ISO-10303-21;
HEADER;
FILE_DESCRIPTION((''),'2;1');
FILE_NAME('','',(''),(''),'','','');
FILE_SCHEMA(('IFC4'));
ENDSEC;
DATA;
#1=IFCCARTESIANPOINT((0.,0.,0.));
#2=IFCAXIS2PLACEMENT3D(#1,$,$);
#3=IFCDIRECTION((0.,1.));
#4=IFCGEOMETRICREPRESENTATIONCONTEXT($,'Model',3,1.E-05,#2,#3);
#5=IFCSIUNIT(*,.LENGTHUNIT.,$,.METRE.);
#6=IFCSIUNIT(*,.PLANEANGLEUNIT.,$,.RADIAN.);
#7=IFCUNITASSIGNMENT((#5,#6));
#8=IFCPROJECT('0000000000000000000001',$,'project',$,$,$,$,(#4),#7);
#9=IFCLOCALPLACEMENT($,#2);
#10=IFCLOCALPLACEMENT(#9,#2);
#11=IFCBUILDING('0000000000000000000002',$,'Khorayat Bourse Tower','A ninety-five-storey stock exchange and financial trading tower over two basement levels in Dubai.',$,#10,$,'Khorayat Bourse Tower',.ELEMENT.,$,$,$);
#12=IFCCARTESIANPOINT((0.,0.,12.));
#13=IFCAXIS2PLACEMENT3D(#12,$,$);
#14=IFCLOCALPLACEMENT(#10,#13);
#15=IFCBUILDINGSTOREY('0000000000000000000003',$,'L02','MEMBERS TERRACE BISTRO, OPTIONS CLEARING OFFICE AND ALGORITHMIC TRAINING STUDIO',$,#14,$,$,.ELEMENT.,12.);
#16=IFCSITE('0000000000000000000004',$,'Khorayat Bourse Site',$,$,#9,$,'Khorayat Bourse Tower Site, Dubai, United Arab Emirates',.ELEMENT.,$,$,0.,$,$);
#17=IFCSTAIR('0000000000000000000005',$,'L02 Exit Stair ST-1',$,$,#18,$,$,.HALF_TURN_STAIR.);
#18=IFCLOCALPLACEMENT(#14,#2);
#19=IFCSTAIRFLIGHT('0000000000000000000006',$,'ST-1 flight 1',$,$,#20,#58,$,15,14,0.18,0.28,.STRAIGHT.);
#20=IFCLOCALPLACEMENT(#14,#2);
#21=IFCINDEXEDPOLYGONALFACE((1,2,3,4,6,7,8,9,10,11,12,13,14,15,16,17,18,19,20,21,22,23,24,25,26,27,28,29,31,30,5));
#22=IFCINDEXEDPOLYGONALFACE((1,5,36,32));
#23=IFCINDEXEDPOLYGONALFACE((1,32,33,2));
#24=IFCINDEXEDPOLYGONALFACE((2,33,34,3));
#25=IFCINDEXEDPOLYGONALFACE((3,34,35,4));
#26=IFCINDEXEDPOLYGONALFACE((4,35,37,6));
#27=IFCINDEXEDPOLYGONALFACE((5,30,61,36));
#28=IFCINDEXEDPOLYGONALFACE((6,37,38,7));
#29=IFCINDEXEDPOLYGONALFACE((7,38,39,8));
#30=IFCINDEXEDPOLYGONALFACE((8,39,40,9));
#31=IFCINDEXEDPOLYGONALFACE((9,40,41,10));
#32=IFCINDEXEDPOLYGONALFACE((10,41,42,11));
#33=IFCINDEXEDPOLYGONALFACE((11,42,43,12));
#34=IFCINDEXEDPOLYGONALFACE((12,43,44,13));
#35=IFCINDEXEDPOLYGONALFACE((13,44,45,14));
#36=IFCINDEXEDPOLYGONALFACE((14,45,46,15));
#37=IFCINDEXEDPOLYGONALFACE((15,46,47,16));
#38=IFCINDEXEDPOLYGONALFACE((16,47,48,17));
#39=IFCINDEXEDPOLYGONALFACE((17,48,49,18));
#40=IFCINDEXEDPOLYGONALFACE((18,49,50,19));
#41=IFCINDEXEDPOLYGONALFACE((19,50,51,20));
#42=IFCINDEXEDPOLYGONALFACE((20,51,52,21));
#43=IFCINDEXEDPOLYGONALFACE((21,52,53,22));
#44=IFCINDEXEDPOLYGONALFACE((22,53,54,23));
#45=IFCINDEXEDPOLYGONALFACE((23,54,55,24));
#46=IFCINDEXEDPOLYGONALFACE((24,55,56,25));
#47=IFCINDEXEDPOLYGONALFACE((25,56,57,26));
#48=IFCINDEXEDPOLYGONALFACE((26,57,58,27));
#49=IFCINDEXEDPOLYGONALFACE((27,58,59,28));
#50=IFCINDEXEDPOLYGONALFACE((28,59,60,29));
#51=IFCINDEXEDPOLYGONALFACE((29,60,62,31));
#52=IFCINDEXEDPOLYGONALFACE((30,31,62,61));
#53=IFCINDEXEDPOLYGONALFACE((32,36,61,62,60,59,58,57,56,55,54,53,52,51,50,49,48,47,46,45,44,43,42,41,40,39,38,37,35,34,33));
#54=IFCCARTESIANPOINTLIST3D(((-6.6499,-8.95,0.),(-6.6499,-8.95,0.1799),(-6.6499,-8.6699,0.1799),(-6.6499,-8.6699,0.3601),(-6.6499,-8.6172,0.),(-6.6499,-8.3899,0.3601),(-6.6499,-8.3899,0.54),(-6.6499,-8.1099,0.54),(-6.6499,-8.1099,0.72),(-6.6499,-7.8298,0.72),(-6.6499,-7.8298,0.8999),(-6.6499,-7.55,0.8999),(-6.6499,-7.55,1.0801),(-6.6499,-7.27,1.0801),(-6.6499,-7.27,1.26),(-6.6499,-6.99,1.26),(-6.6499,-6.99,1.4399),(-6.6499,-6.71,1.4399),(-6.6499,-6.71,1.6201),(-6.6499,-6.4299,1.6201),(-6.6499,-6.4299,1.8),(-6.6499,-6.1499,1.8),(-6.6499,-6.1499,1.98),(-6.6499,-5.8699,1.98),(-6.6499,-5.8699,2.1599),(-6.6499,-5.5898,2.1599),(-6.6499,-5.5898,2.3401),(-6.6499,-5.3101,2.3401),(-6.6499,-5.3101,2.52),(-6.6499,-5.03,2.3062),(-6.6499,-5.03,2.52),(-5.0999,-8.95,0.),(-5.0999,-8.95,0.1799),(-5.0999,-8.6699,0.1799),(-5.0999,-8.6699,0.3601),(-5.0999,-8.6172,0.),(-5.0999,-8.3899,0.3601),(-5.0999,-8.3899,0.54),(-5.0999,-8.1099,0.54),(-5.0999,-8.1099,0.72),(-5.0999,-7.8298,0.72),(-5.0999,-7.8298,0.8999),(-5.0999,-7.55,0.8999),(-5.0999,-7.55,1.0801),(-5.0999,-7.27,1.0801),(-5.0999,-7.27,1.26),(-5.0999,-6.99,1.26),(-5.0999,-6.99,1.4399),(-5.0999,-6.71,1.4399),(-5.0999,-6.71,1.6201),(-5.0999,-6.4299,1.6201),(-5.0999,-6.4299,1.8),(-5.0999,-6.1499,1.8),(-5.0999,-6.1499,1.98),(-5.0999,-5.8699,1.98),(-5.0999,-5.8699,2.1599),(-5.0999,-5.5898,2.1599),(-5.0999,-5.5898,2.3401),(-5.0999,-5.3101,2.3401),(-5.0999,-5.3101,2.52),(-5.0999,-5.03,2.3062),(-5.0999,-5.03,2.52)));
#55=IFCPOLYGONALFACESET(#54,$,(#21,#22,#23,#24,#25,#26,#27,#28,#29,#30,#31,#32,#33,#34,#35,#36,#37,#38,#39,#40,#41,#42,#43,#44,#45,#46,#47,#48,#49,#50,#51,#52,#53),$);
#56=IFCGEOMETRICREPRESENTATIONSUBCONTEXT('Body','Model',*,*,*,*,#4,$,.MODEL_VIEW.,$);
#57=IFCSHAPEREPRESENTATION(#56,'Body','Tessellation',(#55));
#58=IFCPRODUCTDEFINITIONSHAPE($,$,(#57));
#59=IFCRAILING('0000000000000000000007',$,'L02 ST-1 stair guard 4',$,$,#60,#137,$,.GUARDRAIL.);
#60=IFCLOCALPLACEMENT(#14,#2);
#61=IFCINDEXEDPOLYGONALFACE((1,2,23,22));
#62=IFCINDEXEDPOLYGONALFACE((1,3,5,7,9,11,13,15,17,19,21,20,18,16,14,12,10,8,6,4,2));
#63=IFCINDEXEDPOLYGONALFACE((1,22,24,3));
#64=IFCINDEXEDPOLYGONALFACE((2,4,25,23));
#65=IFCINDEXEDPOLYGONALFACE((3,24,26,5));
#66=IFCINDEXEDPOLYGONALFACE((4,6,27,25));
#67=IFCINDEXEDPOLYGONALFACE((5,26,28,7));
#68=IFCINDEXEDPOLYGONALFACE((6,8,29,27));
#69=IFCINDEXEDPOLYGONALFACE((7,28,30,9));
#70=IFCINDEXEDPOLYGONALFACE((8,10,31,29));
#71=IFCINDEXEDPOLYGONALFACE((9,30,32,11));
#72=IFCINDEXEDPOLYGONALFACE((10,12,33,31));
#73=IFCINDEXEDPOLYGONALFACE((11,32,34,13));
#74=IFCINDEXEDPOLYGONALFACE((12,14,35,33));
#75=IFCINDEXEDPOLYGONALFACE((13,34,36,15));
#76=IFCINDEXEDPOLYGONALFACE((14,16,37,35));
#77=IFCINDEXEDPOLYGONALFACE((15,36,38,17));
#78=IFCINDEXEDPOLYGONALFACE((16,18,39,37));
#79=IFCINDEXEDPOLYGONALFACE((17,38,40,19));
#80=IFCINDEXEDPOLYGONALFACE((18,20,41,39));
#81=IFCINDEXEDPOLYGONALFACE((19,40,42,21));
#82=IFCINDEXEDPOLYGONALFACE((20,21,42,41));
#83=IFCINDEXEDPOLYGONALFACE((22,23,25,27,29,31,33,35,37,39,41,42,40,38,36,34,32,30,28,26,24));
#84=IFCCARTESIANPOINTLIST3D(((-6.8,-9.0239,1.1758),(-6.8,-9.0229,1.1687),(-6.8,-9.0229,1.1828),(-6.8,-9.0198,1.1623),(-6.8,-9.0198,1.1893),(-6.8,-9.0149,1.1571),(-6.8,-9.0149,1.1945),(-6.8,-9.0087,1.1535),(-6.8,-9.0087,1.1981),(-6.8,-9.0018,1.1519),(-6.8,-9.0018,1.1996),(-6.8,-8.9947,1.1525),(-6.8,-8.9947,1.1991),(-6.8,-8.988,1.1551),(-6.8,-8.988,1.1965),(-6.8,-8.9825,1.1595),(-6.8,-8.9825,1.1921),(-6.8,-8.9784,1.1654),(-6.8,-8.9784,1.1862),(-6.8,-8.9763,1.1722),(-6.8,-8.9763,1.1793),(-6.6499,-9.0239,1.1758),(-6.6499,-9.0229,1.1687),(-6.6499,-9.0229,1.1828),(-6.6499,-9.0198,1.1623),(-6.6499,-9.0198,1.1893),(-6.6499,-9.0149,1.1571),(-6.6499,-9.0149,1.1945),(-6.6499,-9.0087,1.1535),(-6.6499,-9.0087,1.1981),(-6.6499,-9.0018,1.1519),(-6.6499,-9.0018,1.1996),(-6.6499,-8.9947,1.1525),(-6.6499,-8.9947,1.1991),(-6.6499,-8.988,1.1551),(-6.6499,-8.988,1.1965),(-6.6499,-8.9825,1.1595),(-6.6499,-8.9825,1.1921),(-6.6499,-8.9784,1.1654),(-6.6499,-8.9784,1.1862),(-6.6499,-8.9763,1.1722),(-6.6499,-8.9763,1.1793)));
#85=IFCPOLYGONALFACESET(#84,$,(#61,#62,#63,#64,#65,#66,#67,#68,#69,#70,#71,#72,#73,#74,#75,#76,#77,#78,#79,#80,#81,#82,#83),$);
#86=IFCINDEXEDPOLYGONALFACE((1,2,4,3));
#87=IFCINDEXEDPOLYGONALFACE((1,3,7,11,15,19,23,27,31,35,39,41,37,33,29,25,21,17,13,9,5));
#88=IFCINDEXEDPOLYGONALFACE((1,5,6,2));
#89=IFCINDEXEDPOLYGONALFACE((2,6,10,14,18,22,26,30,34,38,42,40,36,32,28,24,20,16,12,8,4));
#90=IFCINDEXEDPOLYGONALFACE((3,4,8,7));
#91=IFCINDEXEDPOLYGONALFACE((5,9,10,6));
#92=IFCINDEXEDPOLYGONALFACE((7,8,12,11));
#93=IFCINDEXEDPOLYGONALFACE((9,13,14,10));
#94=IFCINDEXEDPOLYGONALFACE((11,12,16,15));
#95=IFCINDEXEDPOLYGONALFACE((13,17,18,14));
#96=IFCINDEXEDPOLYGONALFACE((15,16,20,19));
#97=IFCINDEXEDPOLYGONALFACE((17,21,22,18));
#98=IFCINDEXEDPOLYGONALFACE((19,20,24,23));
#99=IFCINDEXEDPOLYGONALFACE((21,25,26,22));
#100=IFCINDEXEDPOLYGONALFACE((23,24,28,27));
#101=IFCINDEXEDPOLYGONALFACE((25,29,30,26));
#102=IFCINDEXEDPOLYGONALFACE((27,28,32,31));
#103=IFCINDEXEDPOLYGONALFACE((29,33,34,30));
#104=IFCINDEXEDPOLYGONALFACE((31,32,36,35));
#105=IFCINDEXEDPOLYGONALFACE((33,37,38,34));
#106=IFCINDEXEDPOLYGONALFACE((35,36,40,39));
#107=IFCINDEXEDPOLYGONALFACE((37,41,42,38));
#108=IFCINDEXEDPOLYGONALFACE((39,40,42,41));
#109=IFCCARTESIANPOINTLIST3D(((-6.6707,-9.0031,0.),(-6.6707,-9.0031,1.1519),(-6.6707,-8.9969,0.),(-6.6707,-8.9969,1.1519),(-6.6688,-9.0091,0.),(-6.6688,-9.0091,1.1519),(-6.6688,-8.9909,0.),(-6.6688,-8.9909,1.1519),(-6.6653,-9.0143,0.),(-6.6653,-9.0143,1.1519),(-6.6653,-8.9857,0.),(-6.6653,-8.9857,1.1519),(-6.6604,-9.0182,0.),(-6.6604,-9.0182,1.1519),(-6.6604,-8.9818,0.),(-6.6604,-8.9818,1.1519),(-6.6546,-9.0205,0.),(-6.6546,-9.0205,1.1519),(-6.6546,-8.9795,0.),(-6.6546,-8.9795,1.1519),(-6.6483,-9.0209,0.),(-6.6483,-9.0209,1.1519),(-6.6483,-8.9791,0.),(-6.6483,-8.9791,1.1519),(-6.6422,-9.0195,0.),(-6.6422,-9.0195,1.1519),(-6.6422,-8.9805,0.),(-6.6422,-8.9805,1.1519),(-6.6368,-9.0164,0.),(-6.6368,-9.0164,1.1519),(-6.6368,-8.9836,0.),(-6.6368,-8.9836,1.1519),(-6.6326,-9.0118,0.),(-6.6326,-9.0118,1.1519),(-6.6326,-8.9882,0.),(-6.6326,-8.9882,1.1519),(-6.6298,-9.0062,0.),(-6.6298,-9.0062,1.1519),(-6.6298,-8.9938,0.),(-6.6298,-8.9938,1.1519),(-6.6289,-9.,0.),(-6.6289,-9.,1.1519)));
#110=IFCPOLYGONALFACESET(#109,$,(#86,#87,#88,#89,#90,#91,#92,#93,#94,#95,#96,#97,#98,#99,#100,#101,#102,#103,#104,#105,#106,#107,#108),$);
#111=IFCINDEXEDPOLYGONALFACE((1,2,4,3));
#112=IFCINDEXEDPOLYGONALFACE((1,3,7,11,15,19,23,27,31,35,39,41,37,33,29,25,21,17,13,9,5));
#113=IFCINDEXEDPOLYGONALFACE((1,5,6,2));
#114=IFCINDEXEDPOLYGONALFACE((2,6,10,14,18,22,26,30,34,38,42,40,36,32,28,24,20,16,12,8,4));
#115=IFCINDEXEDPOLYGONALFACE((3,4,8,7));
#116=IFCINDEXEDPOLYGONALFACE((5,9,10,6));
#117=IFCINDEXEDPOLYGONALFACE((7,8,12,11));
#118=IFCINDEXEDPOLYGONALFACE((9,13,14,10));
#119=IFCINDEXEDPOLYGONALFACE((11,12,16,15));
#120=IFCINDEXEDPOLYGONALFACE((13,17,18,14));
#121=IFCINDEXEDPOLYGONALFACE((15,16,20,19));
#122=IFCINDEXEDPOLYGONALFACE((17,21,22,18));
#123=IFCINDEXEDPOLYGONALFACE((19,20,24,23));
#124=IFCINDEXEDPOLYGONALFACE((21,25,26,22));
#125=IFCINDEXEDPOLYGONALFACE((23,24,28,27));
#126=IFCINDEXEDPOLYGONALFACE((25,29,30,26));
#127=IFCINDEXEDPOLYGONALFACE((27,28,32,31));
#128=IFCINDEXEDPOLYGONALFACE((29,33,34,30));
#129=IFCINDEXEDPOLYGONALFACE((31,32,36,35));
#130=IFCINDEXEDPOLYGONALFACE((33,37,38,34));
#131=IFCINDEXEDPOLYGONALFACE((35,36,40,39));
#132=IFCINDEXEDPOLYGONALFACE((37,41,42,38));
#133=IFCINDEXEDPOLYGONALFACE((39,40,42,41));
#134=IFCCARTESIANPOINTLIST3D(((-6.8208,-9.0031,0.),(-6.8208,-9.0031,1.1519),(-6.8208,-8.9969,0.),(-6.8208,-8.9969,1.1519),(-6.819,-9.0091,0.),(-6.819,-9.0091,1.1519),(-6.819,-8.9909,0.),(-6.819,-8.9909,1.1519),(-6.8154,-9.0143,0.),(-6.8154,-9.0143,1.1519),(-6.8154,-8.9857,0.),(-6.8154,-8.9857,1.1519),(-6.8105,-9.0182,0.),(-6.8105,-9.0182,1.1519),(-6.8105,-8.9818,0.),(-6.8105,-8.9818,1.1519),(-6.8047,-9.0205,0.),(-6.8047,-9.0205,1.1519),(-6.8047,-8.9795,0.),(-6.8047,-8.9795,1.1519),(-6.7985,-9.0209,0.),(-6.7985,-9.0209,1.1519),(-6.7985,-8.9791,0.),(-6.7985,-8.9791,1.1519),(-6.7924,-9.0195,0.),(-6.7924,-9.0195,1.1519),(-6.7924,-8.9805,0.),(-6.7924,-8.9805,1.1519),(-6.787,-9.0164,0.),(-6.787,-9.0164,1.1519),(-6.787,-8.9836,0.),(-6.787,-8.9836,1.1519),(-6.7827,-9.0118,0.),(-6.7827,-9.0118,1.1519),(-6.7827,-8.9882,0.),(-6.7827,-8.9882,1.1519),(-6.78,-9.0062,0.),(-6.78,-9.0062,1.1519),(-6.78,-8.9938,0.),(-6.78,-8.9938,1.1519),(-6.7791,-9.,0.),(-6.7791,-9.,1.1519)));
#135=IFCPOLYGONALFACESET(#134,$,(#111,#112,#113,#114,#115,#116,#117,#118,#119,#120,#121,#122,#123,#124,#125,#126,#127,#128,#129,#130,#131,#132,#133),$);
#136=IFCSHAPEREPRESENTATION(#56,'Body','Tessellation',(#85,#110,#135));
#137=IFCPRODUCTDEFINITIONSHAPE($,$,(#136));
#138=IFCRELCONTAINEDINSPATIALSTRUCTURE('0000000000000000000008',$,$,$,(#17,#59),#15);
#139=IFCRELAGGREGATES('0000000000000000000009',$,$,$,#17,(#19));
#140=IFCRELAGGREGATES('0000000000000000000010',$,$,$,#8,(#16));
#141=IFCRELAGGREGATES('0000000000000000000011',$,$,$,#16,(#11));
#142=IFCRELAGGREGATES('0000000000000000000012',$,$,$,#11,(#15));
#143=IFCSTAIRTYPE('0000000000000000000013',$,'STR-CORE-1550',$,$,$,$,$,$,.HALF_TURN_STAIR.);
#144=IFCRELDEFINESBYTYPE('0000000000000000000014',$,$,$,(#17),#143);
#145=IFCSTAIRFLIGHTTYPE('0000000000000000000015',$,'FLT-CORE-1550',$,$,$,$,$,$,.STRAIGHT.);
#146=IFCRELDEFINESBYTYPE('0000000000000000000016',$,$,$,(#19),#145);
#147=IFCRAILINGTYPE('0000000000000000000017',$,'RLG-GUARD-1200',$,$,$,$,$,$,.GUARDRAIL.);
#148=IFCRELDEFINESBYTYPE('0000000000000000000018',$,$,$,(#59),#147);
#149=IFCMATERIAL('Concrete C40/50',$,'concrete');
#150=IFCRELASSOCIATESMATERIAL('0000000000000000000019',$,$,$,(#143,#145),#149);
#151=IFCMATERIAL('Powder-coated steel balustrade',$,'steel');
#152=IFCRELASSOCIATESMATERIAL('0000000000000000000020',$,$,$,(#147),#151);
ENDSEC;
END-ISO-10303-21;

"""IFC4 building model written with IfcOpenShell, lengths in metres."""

from ifc_helpers import new_model, si_unit, direction, frame, origin, origin_2d, place, context, subcontext, project, spatial, polyline, circle, outline, extrude, source, transform, mapped, material, type_object, element, aggregate, save


model = new_model("IFC4")

# Units and contexts
model_context = context("Model", 3, precision=1e-05, world=origin(), true_north=direction((0.0, 1.0)))
body_context = subcontext(model_context, "Body", "Model", "MODEL_VIEW")
ifc_project = project(units=[si_unit("LENGTHUNIT", "METRE"), si_unit("PLANEANGLEUNIT", "RADIAN")], contexts=[model_context])

# Site, building, storey
site_placement = place(None, origin())
site = spatial("IfcSite", under=ifc_project, at=site_placement, Name="Khorayat Bourse Site", LongName="Khorayat Bourse Tower Site, Dubai, United Arab Emirates", CompositionType="ELEMENT", RefElevation=0.0)
building_placement = place(site_placement, origin())
building = spatial("IfcBuilding", under=site, at=building_placement, Name="Khorayat Bourse Tower", Description="A ninety-five-storey stock exchange and financial trading tower over two basement levels in Dubai.", LongName="Khorayat Bourse Tower", CompositionType="ELEMENT")
storey_placement = place(building_placement, frame((0.0, 0.0, 12.0)))
storey = spatial("IfcBuildingStorey", under=building, at=storey_placement, Name="L02", Description="MEMBERS TERRACE BISTRO, OPTIONS CLEARING OFFICE AND ALGORITHMIC TRAINING STUDIO", CompositionType="ELEMENT", Elevation=12.0)

# Stair, stair flight
ifc_material_1 = material(Name="Concrete C40/50", Category="concrete")
stair_type = type_object("IfcStairType", Name="STR-CORE-1550", PredefinedType="HALF_TURN_STAIR", material=ifc_material_1)
stair_placement = place(storey_placement, origin())
stair = element("IfcStair", 1, at=stair_placement, inside=storey, type_object=stair_type, Name="L02 Exit Stair ST-1", PredefinedType="HALF_TURN_STAIR")
stair_flight_type = type_object("IfcStairFlightType", Name="FLT-CORE-1550", PredefinedType="STRAIGHT", material=ifc_material_1)
shared_shape_1 = source(origin(), body_context, "Body", "SweptSolid", [
    extrude(outline(polyline([(0.0, 0.0), (0.0, 0.1799), (0.28, 0.1799), (0.28, 0.3601), (0.5601, 0.3601), (0.5601, 0.54), (0.8401, 0.54), (0.8401, 0.72), (1.1201, 0.72), (1.1201, 0.8999), (1.3999, 0.8999), (1.3999, 1.0801), (1.6799, 1.0801), (1.6799, 1.26), (1.96, 1.26), (1.96, 1.4399), (2.24, 1.4399), (2.24, 1.6201), (2.52, 1.6201), (2.52, 1.8), (2.8, 1.8), (2.8, 1.98), (3.0801, 1.98), (3.0801, 2.1599), (3.3601, 2.1599), (3.3601, 2.3401), (3.6399, 2.3401), (3.6399, 2.52), (3.9199, 2.52), (3.9199, 2.7), (3.9199, 2.3062), (0.3328, 0.0), (0.0, 0.0)])), frame((0.0, 0.7749, 0.0), z_axis=(0.0, -1.0, 0.0), x_axis=(1.0, 0.0, 0.0)), (0.0, 0.0, 1.0), 1.55),
])
stair_flight_placement = place(storey_placement, frame((-5.875, -8.95, 0.0), z_axis=(0.0, 0.0, 1.0), x_axis=(0.0, 1.0, 0.0)))
stair_flight = element("IfcStairFlight", 2, at=stair_flight_placement, type_object=stair_flight_type, Name="ST-1 flight 1", NumberOfRisers=15, NumberOfTreads=14, PredefinedType="STRAIGHT", RiserHeight=0.18, TreadLength=0.28, context=body_context, shape_type="MappedRepresentation", body=[
    mapped(shared_shape_1, transform((0.0, 0.0, 0.0), scale=1.0)),
])
aggregate(stair, [stair_flight])

# Railing
ifc_material_2 = material(Name="Powder-coated steel balustrade", Category="steel")
railing_type_1 = type_object("IfcRailingType", Name="RLG-GUARD-1200", PredefinedType="GUARDRAIL", material=ifc_material_2)
shared_shape_2 = source(origin(), body_context, "Body", "SweptSolid", [
    extrude(circle(Radius=0.0239, at=origin_2d()), frame((0.0, 0.0, 1.1758), z_axis=(-1.0, 0.0, 0.0), x_axis=(0.0, -1.0, 0.0)), (0.0, 0.0, 1.0), 0.1501),
    extrude(circle(Radius=0.021, at=origin_2d()), origin(), (0.0, 0.0, 1.0), 1.1519),
    extrude(circle(Radius=0.021, at=origin_2d()), frame((-0.1501, 0.0, 0.0)), (0.0, 0.0, 1.0), 1.1519),
])
railing_1_placement = place(storey_placement, frame((-6.6499, -9.0, 0.0)))
element("IfcRailing", 3, at=railing_1_placement, inside=storey, type_object=railing_type_1, Name="L02 ST-1 stair guard 4", PredefinedType="GUARDRAIL", context=body_context, shape_type="MappedRepresentation", body=[
    mapped(shared_shape_2, transform((0.0, 0.0, 0.0), scale=1.0)),
])

save(model, "model.ifc")
